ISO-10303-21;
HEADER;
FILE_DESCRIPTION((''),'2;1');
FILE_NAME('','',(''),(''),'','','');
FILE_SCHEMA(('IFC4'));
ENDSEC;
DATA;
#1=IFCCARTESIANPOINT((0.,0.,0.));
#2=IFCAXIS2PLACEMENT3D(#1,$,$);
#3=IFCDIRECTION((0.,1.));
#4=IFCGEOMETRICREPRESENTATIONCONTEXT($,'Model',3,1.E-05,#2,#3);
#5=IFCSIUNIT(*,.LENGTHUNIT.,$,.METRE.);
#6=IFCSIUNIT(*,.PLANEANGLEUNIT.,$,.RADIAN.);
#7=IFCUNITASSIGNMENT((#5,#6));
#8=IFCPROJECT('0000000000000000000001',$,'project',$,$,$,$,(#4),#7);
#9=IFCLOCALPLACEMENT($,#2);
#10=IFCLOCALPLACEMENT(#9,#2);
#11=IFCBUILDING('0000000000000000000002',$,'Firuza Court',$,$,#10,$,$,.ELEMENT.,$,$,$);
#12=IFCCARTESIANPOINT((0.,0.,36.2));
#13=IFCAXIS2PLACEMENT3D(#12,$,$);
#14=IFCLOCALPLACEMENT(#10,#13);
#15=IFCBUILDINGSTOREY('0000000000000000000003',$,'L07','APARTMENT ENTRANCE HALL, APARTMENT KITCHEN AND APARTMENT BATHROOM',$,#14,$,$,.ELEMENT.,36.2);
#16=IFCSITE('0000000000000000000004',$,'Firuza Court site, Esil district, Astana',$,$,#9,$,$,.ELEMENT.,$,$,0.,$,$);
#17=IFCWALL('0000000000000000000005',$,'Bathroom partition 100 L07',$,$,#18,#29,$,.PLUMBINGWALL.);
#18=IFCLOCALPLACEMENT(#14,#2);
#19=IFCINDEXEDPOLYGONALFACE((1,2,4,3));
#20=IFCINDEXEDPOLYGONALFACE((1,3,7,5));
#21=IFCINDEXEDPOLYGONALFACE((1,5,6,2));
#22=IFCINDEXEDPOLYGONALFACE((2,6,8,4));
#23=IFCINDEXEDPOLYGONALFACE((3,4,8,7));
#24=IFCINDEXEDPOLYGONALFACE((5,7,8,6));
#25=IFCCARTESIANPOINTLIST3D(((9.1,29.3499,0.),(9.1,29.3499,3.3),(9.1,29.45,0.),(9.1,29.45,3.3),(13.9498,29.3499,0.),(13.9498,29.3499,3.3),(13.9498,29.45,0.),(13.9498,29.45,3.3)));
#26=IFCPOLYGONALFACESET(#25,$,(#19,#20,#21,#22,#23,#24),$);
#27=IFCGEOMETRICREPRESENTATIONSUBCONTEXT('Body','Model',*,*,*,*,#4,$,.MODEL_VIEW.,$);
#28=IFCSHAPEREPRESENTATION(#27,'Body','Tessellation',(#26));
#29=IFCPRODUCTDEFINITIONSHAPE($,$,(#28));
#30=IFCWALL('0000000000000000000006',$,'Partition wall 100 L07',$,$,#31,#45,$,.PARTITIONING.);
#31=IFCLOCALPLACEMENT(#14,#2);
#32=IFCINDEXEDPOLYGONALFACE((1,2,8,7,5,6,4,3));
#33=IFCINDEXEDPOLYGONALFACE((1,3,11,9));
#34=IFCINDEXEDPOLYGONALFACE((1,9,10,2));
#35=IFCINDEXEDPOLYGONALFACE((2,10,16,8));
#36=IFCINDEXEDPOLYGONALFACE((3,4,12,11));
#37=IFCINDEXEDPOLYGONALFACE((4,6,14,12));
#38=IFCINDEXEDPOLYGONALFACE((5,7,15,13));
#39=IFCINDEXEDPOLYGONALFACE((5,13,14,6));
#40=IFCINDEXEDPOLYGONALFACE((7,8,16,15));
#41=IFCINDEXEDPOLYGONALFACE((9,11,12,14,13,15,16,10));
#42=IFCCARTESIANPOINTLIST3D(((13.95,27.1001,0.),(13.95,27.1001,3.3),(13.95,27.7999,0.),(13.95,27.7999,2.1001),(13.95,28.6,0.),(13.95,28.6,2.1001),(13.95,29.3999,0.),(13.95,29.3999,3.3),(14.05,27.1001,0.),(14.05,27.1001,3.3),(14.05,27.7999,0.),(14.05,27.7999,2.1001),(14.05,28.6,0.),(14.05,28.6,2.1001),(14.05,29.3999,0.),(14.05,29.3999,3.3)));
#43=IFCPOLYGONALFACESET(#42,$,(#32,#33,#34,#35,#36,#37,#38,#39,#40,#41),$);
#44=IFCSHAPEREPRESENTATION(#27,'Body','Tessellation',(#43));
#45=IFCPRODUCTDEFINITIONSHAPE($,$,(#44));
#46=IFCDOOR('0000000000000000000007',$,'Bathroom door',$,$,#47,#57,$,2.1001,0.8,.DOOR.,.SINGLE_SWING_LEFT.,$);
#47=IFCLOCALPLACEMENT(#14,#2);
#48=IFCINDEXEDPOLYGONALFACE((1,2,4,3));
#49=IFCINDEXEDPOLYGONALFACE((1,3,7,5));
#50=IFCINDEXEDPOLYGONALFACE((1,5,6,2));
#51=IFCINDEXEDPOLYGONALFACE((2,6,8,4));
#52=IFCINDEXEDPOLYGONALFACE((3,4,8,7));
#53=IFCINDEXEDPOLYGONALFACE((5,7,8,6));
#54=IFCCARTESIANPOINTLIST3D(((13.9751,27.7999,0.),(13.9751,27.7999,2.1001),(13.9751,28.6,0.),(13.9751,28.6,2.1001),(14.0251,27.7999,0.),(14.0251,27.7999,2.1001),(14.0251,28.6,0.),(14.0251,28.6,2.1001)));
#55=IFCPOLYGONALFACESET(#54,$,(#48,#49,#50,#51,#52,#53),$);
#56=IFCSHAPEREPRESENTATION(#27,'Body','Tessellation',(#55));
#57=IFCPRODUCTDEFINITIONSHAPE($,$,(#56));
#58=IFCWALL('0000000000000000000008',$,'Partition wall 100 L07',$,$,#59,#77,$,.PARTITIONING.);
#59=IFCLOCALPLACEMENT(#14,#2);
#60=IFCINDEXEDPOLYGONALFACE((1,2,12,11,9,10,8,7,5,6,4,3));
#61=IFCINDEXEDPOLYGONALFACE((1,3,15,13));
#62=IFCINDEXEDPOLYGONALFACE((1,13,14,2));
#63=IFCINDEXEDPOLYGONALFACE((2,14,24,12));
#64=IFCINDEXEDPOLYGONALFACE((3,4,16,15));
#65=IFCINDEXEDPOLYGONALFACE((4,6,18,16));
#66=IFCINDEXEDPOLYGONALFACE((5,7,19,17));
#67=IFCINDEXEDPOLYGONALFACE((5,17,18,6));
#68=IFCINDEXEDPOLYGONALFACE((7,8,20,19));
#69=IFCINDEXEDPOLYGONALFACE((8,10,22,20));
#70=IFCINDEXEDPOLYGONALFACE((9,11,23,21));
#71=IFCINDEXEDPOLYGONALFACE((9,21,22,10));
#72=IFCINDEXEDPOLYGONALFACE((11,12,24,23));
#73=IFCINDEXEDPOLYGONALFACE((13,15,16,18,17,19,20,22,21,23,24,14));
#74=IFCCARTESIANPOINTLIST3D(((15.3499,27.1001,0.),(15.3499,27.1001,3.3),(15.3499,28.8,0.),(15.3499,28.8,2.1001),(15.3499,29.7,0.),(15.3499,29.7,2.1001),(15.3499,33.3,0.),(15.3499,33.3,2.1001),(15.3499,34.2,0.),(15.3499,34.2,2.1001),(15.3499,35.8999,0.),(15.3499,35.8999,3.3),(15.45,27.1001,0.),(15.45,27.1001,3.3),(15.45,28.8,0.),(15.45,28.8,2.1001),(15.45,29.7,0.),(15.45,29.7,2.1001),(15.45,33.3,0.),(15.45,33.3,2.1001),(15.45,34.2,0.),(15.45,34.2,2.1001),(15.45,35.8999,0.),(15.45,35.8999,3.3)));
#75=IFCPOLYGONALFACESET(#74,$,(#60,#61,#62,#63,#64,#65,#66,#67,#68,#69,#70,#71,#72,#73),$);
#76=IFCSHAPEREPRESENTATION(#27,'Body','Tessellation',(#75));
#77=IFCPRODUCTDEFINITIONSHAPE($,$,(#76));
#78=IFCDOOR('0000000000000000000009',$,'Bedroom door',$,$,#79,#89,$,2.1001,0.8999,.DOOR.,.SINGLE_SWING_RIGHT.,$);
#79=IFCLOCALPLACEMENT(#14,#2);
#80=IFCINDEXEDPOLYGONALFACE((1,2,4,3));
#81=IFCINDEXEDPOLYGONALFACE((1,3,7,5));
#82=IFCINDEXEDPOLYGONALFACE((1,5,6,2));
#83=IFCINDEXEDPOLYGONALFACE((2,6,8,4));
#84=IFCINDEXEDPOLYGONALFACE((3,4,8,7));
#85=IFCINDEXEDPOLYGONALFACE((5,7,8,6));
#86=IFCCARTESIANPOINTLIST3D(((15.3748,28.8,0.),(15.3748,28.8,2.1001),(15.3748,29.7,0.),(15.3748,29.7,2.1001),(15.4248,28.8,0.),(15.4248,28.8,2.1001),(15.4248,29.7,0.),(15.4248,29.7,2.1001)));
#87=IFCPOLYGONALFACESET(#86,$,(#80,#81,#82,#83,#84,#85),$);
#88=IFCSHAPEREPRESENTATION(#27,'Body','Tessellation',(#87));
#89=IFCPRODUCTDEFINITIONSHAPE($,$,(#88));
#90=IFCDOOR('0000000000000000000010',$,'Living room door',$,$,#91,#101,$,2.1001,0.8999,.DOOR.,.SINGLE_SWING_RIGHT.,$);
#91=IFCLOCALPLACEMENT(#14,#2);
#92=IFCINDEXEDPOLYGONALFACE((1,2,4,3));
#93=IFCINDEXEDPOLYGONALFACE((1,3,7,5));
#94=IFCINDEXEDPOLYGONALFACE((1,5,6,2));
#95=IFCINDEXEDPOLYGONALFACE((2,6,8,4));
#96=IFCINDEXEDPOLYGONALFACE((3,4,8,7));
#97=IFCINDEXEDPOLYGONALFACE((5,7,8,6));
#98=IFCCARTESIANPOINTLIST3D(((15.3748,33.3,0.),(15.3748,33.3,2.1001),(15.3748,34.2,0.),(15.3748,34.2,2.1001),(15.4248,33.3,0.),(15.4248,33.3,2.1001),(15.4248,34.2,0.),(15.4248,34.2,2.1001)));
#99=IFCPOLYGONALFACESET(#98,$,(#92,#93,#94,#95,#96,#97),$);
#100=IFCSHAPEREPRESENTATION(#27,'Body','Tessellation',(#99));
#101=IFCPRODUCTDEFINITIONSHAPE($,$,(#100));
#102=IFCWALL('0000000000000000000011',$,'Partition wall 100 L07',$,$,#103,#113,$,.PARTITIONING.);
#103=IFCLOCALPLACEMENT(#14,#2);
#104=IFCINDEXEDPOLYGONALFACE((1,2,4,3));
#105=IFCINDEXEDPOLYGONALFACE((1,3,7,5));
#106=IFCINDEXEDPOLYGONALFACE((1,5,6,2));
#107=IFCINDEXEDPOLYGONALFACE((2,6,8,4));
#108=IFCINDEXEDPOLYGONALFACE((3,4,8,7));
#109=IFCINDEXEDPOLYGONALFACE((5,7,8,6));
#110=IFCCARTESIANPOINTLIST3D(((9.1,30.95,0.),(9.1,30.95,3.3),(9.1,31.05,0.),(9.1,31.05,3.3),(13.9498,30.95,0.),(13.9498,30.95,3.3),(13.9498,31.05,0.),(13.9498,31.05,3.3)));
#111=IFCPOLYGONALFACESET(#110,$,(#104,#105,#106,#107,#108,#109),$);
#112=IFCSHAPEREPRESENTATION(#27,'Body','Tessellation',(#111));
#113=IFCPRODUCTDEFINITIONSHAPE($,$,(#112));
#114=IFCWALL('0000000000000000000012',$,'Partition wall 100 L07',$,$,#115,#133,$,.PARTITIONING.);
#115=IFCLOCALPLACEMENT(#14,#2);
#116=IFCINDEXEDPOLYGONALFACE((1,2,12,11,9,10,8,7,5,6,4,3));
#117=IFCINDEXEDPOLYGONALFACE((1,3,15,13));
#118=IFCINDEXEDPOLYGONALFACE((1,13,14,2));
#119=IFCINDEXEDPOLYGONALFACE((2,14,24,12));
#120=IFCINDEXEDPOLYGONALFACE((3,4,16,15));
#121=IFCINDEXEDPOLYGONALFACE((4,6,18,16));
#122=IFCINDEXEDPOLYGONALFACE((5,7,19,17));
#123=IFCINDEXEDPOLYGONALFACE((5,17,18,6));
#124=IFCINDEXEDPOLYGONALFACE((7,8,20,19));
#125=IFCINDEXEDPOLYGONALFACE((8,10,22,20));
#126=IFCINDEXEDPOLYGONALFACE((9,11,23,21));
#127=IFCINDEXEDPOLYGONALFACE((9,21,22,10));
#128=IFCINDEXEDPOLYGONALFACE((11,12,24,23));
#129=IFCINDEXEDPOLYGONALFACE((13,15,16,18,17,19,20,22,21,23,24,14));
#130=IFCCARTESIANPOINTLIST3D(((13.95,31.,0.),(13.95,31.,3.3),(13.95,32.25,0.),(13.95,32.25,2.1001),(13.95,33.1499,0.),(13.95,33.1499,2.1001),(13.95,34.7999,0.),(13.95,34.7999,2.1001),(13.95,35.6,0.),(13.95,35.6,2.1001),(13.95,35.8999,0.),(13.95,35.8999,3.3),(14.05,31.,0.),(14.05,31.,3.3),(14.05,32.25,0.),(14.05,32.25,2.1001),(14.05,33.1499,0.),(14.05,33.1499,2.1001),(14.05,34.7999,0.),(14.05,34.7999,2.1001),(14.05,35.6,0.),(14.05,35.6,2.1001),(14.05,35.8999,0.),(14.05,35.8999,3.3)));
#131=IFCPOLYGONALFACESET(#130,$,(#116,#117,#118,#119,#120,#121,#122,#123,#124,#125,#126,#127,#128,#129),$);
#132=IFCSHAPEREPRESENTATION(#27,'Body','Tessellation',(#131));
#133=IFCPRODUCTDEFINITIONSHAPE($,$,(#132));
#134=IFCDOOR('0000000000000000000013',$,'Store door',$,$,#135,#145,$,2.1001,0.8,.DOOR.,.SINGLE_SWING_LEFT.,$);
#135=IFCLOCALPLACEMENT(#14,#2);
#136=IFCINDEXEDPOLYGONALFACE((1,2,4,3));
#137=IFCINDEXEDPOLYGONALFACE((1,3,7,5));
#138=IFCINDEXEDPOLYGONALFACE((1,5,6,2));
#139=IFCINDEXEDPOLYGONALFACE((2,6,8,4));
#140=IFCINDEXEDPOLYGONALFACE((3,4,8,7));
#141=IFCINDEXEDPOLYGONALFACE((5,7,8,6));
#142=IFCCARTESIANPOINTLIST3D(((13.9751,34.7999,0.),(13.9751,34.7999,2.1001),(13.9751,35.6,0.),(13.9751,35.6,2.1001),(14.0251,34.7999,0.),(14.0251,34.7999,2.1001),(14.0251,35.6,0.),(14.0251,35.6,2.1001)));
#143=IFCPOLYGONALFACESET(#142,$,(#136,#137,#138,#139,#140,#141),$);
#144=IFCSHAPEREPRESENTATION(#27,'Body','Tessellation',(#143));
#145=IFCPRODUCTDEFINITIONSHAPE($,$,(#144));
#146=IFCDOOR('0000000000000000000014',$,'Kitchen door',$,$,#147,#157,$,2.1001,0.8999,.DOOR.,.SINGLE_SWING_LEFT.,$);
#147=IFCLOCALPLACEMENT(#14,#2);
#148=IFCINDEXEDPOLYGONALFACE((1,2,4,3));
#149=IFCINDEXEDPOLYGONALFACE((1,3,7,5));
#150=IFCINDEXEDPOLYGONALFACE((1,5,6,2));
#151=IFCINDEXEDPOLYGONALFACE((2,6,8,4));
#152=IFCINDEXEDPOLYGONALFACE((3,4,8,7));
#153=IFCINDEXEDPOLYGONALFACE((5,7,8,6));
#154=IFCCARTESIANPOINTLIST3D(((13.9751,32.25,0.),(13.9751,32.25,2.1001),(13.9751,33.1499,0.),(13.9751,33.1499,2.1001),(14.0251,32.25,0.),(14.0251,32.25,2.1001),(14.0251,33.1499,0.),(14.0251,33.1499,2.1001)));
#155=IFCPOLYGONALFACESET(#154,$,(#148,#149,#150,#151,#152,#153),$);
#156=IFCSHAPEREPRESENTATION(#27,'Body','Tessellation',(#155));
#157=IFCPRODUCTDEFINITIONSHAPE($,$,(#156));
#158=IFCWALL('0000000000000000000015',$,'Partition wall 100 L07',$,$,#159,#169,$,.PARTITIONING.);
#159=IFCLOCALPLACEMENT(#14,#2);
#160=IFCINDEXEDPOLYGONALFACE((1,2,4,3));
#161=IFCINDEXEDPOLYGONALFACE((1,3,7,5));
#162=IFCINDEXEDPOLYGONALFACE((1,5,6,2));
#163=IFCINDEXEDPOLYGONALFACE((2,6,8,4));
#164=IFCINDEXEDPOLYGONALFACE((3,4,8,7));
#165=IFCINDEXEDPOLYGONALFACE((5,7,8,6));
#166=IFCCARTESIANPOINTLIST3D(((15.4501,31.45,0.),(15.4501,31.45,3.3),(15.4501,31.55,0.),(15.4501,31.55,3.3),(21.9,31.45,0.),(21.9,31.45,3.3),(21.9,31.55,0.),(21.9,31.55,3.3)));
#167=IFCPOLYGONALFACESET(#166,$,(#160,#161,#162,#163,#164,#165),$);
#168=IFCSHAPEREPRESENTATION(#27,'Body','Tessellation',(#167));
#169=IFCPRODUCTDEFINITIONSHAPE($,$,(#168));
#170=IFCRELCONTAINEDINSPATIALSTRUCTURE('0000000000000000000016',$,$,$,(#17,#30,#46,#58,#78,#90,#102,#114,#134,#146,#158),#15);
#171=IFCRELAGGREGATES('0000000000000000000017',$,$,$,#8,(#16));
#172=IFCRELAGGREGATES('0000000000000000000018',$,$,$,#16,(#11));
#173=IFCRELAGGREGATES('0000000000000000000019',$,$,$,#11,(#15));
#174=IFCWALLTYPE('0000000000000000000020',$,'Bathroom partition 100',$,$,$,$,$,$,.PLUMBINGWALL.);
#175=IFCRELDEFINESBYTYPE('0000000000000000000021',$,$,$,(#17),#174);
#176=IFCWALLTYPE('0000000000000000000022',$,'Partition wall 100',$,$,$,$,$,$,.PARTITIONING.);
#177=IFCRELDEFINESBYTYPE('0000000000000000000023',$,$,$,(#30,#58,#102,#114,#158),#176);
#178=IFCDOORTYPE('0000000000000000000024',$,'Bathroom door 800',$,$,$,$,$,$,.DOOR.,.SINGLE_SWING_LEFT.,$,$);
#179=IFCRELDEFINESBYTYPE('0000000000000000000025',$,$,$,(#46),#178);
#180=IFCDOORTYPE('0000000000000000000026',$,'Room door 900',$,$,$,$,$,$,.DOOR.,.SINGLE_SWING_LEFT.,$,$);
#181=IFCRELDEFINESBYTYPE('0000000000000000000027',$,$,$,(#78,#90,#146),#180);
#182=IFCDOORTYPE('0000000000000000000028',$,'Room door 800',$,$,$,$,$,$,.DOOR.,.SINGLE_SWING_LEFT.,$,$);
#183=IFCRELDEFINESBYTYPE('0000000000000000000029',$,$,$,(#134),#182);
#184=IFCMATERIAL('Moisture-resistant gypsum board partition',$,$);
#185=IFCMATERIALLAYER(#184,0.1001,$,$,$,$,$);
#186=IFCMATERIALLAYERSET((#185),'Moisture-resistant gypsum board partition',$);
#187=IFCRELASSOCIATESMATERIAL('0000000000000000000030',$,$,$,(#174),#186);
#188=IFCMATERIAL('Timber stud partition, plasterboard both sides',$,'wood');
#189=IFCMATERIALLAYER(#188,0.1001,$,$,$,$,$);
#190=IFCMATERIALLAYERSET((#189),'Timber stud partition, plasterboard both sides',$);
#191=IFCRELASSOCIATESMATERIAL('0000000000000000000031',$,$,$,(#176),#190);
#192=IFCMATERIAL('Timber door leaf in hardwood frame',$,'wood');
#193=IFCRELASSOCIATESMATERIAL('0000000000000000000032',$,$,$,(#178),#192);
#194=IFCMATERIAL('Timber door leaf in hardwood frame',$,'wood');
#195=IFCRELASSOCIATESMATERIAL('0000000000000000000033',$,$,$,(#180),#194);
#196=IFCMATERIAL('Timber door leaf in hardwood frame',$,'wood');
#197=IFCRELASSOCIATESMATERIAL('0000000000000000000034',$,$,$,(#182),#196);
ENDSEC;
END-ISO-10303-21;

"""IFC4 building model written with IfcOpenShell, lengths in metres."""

from ifc_helpers import new_model, si_unit, direction, frame, frame_2d, origin, place, context, subcontext, project, spatial, rectangle, extrude, material, layer, layer_set, type_object, element, fill, save


model = new_model("IFC4")

# Units and contexts
model_context = context("Model", 3, precision=1e-05, world=origin(), true_north=direction((0.0, 1.0)))
body_context = subcontext(model_context, "Body", "Model", "MODEL_VIEW")
ifc_project = project(units=[si_unit("LENGTHUNIT", "METRE"), si_unit("PLANEANGLEUNIT", "RADIAN")], contexts=[model_context])

# Site, building, storey
site_placement = place(None, origin())
site = spatial("IfcSite", under=ifc_project, at=site_placement, Name="Firuza Court site, Esil district, Astana", CompositionType="ELEMENT", RefElevation=0.0)
building_placement = place(site_placement, origin())
building = spatial("IfcBuilding", under=site, at=building_placement, Name="Firuza Court", CompositionType="ELEMENT")
storey_placement = place(building_placement, frame((0.0, 0.0, 36.2)))
storey = spatial("IfcBuildingStorey", under=building, at=storey_placement, Name="L07", Description="APARTMENT ENTRANCE HALL, APARTMENT KITCHEN AND APARTMENT BATHROOM", CompositionType="ELEMENT", Elevation=36.2)

# Wall
ifc_material_1 = material(Name="Moisture-resistant gypsum board partition")
ifc_layer_1 = layer(ifc_material_1, 0.1001)
ifc_layer_set_1 = layer_set([ifc_layer_1], Name="Moisture-resistant gypsum board partition")
wall_type_1 = type_object("IfcWallType", Name="Bathroom partition 100", PredefinedType="PLUMBINGWALL", material=ifc_layer_set_1)
wall_1_placement = place(storey_placement, frame((9.1001, 29.3999, 0.0), z_axis=(0.0, 0.0, 1.0), x_axis=(1.0, 0.0, 0.0)))
element("IfcWall", 1, at=wall_1_placement, inside=storey, type_object=wall_type_1, Name="Bathroom partition 100 L07", PredefinedType="PLUMBINGWALL", context=body_context, shape_type="SweptSolid", body=[
    extrude(rectangle(XDim=4.8499, YDim=0.1001, at=frame_2d((2.4248, 0.0))), origin(), (0.0, 0.0, 1.0), 3.3),
])

# Wall, opening, door
ifc_material_2 = material(Name="Timber stud partition, plasterboard both sides", Category="wood")
ifc_layer_2 = layer(ifc_material_2, 0.1001)
ifc_layer_set_2 = layer_set([ifc_layer_2], Name="Timber stud partition, plasterboard both sides")
wall_type_2 = type_object("IfcWallType", Name="Partition wall 100", PredefinedType="PARTITIONING", material=ifc_layer_set_2)
wall_2_placement = place(storey_placement, frame((14.0, 27.1001, 0.0), z_axis=(0.0, 0.0, 1.0), x_axis=(0.0, 1.0, 0.0)))
wall_2 = element("IfcWall", 2, at=wall_2_placement, inside=storey, type_object=wall_type_2, Name="Partition wall 100 L07", PredefinedType="PARTITIONING", context=body_context, shape_type="SweptSolid", body=[
    extrude(rectangle(XDim=2.2998, YDim=0.1001, at=frame_2d((1.1499, 0.0))), origin(), (0.0, 0.0, 1.0), 3.3),
])
opening_1_placement = place(wall_2_placement, frame((0.7, 0.0, 0.0)))
opening_1 = element("IfcOpeningElement", 3, at=opening_1_placement, cuts=wall_2, PredefinedType="OPENING", context=body_context, shape_type="SweptSolid", body=[
    extrude(rectangle(XDim=0.8, YDim=2.1001, at=frame_2d((0.3999, 1.05))), frame((0.0, 0.062, 0.0), z_axis=(0.0, -1.0, 0.0), x_axis=(1.0, 0.0, 0.0)), (0.0, 0.0, 1.0), 0.124),
])
ifc_material_3 = material(Name="Timber door leaf in hardwood frame", Category="wood")
door_type_1 = type_object("IfcDoorType", Name="Bathroom door 800", OperationType="SINGLE_SWING_LEFT", PredefinedType="DOOR", material=ifc_material_3)
door_1_placement = place(opening_1_placement, origin())
door_1 = element("IfcDoor", 4, at=door_1_placement, inside=storey, type_object=door_type_1, Name="Bathroom door", OperationType="SINGLE_SWING_LEFT", OverallHeight=2.1001, OverallWidth=0.8, PredefinedType="DOOR", context=body_context, shape_type="SweptSolid", body=[
    extrude(rectangle(XDim=0.8, YDim=2.1001, at=frame_2d((0.3999, 1.05))), frame((0.0, 0.0249, 0.0), z_axis=(0.0, -1.0, 0.0), x_axis=(1.0, 0.0, 0.0)), (0.0, 0.0, 1.0), 0.05),
])
fill(opening_1, door_1)

# Wall, openings, doors
wall_3_placement = place(storey_placement, frame((15.3999, 27.1001, 0.0), z_axis=(0.0, 0.0, 1.0), x_axis=(0.0, 1.0, 0.0)))
wall_3 = element("IfcWall", 5, at=wall_3_placement, inside=storey, type_object=wall_type_2, Name="Partition wall 100 L07", PredefinedType="PARTITIONING", context=body_context, shape_type="SweptSolid", body=[
    extrude(rectangle(XDim=8.7998, YDim=0.1001, at=frame_2d((4.3999, 0.0))), origin(), (0.0, 0.0, 1.0), 3.3),
])
opening_2_placement = place(wall_3_placement, frame((1.7, 0.0, 0.0)))
opening_2 = element("IfcOpeningElement", 6, at=opening_2_placement, cuts=wall_3, PredefinedType="OPENING", context=body_context, shape_type="SweptSolid", body=[
    extrude(rectangle(XDim=0.8999, YDim=2.1001, at=frame_2d((0.45, 1.05))), frame((0.0, 0.062, 0.0), z_axis=(0.0, -1.0, 0.0), x_axis=(1.0, 0.0, 0.0)), (0.0, 0.0, 1.0), 0.124),
])
opening_3_placement = place(wall_3_placement, frame((6.2, 0.0, 0.0)))
opening_3 = element("IfcOpeningElement", 7, at=opening_3_placement, cuts=wall_3, PredefinedType="OPENING", context=body_context, shape_type="SweptSolid", body=[
    extrude(rectangle(XDim=0.8999, YDim=2.1001, at=frame_2d((0.45, 1.05))), frame((0.0, 0.062, 0.0), z_axis=(0.0, -1.0, 0.0), x_axis=(1.0, 0.0, 0.0)), (0.0, 0.0, 1.0), 0.124),
])
ifc_material_4 = material(Name="Timber door leaf in hardwood frame", Category="wood")
door_type_2 = type_object("IfcDoorType", Name="Room door 900", OperationType="SINGLE_SWING_LEFT", PredefinedType="DOOR", material=ifc_material_4)
door_2_placement = place(opening_2_placement, frame((0.8999, 0.0, 0.0), z_axis=(0.0, 0.0, 1.0), x_axis=(-1.0, 0.0, 0.0)))
door_2 = element("IfcDoor", 8, at=door_2_placement, inside=storey, type_object=door_type_2, Name="Bedroom door", OperationType="SINGLE_SWING_RIGHT", OverallHeight=2.1001, OverallWidth=0.8999, PredefinedType="DOOR", context=body_context, shape_type="SweptSolid", body=[
    extrude(rectangle(XDim=0.8999, YDim=2.1001, at=frame_2d((0.45, 1.05))), frame((0.0, 0.0249, 0.0), z_axis=(0.0, -1.0, 0.0), x_axis=(1.0, 0.0, 0.0)), (0.0, 0.0, 1.0), 0.05),
])
fill(opening_2, door_2)
door_3_placement = place(opening_3_placement, frame((0.8999, 0.0, 0.0), z_axis=(0.0, 0.0, 1.0), x_axis=(-1.0, 0.0, 0.0)))
door_3 = element("IfcDoor", 9, at=door_3_placement, inside=storey, type_object=door_type_2, Name="Living room door", OperationType="SINGLE_SWING_RIGHT", OverallHeight=2.1001, OverallWidth=0.8999, PredefinedType="DOOR", context=body_context, shape_type="SweptSolid", body=[
    extrude(rectangle(XDim=0.8999, YDim=2.1001, at=frame_2d((0.45, 1.05))), frame((0.0, 0.0249, 0.0), z_axis=(0.0, -1.0, 0.0), x_axis=(1.0, 0.0, 0.0)), (0.0, 0.0, 1.0), 0.05),
])
fill(opening_3, door_3)

# Wall
wall_4_placement = place(storey_placement, frame((9.1001, 31.0, 0.0), z_axis=(0.0, 0.0, 1.0), x_axis=(1.0, 0.0, 0.0)))
element("IfcWall", 10, at=wall_4_placement, inside=storey, type_object=wall_type_2, Name="Partition wall 100 L07", PredefinedType="PARTITIONING", context=body_context, shape_type="SweptSolid", body=[
    extrude(rectangle(XDim=4.8499, YDim=0.1001, at=frame_2d((2.4248, 0.0))), origin(), (0.0, 0.0, 1.0), 3.3),
])

# Wall, openings, doors
wall_5_placement = place(storey_placement, frame((14.0, 31.0, 0.0), z_axis=(0.0, 0.0, 1.0), x_axis=(0.0, 1.0, 0.0)))
wall_5 = element("IfcWall", 11, at=wall_5_placement, inside=storey, type_object=wall_type_2, Name="Partition wall 100 L07", PredefinedType="PARTITIONING", context=body_context, shape_type="SweptSolid", body=[
    extrude(rectangle(XDim=4.8999, YDim=0.1001, at=frame_2d((2.45, 0.0))), origin(), (0.0, 0.0, 1.0), 3.3),
])
opening_4_placement = place(wall_5_placement, frame((1.25, 0.0, 0.0)))
opening_4 = element("IfcOpeningElement", 12, at=opening_4_placement, cuts=wall_5, PredefinedType="OPENING", context=body_context, shape_type="SweptSolid", body=[
    extrude(rectangle(XDim=0.8999, YDim=2.1001, at=frame_2d((0.45, 1.05))), frame((0.0, 0.062, 0.0), z_axis=(0.0, -1.0, 0.0), x_axis=(1.0, 0.0, 0.0)), (0.0, 0.0, 1.0), 0.124),
])
opening_5_placement = place(wall_5_placement, frame((3.8, 0.0, 0.0)))
opening_5 = element("IfcOpeningElement", 13, at=opening_5_placement, cuts=wall_5, PredefinedType="OPENING", context=body_context, shape_type="SweptSolid", body=[
    extrude(rectangle(XDim=0.8, YDim=2.1001, at=frame_2d((0.3999, 1.05))), frame((0.0, 0.062, 0.0), z_axis=(0.0, -1.0, 0.0), x_axis=(1.0, 0.0, 0.0)), (0.0, 0.0, 1.0), 0.124),
])
ifc_material_5 = material(Name="Timber door leaf in hardwood frame", Category="wood")
door_type_3 = type_object("IfcDoorType", Name="Room door 800", OperationType="SINGLE_SWING_LEFT", PredefinedType="DOOR", material=ifc_material_5)
door_4_placement = place(opening_5_placement, origin())
door_4 = element("IfcDoor", 14, at=door_4_placement, inside=storey, type_object=door_type_3, Name="Store door", OperationType="SINGLE_SWING_LEFT", OverallHeight=2.1001, OverallWidth=0.8, PredefinedType="DOOR", context=body_context, shape_type="SweptSolid", body=[
    extrude(rectangle(XDim=0.8, YDim=2.1001, at=frame_2d((0.3999, 1.05))), frame((0.0, 0.0249, 0.0), z_axis=(0.0, -1.0, 0.0), x_axis=(1.0, 0.0, 0.0)), (0.0, 0.0, 1.0), 0.05),
])
fill(opening_5, door_4)
door_5_placement = place(opening_4_placement, origin())
door_5 = element("IfcDoor", 15, at=door_5_placement, inside=storey, type_object=door_type_2, Name="Kitchen door", OperationType="SINGLE_SWING_LEFT", OverallHeight=2.1001, OverallWidth=0.8999, PredefinedType="DOOR", context=body_context, shape_type="SweptSolid", body=[
    extrude(rectangle(XDim=0.8999, YDim=2.1001, at=frame_2d((0.45, 1.05))), frame((0.0, 0.0249, 0.0), z_axis=(0.0, -1.0, 0.0), x_axis=(1.0, 0.0, 0.0)), (0.0, 0.0, 1.0), 0.05),
])
fill(opening_4, door_5)

# Wall
wall_6_placement = place(storey_placement, frame((15.45, 31.5, 0.0), z_axis=(0.0, 0.0, 1.0), x_axis=(1.0, 0.0, 0.0)))
element("IfcWall", 16, at=wall_6_placement, inside=storey, type_object=wall_type_2, Name="Partition wall 100 L07", PredefinedType="PARTITIONING", context=body_context, shape_type="SweptSolid", body=[
    extrude(rectangle(XDim=6.45, YDim=0.1001, at=frame_2d((3.2251, 0.0))), origin(), (0.0, 0.0, 1.0), 3.3),
])

save(model, "model.ifc")
